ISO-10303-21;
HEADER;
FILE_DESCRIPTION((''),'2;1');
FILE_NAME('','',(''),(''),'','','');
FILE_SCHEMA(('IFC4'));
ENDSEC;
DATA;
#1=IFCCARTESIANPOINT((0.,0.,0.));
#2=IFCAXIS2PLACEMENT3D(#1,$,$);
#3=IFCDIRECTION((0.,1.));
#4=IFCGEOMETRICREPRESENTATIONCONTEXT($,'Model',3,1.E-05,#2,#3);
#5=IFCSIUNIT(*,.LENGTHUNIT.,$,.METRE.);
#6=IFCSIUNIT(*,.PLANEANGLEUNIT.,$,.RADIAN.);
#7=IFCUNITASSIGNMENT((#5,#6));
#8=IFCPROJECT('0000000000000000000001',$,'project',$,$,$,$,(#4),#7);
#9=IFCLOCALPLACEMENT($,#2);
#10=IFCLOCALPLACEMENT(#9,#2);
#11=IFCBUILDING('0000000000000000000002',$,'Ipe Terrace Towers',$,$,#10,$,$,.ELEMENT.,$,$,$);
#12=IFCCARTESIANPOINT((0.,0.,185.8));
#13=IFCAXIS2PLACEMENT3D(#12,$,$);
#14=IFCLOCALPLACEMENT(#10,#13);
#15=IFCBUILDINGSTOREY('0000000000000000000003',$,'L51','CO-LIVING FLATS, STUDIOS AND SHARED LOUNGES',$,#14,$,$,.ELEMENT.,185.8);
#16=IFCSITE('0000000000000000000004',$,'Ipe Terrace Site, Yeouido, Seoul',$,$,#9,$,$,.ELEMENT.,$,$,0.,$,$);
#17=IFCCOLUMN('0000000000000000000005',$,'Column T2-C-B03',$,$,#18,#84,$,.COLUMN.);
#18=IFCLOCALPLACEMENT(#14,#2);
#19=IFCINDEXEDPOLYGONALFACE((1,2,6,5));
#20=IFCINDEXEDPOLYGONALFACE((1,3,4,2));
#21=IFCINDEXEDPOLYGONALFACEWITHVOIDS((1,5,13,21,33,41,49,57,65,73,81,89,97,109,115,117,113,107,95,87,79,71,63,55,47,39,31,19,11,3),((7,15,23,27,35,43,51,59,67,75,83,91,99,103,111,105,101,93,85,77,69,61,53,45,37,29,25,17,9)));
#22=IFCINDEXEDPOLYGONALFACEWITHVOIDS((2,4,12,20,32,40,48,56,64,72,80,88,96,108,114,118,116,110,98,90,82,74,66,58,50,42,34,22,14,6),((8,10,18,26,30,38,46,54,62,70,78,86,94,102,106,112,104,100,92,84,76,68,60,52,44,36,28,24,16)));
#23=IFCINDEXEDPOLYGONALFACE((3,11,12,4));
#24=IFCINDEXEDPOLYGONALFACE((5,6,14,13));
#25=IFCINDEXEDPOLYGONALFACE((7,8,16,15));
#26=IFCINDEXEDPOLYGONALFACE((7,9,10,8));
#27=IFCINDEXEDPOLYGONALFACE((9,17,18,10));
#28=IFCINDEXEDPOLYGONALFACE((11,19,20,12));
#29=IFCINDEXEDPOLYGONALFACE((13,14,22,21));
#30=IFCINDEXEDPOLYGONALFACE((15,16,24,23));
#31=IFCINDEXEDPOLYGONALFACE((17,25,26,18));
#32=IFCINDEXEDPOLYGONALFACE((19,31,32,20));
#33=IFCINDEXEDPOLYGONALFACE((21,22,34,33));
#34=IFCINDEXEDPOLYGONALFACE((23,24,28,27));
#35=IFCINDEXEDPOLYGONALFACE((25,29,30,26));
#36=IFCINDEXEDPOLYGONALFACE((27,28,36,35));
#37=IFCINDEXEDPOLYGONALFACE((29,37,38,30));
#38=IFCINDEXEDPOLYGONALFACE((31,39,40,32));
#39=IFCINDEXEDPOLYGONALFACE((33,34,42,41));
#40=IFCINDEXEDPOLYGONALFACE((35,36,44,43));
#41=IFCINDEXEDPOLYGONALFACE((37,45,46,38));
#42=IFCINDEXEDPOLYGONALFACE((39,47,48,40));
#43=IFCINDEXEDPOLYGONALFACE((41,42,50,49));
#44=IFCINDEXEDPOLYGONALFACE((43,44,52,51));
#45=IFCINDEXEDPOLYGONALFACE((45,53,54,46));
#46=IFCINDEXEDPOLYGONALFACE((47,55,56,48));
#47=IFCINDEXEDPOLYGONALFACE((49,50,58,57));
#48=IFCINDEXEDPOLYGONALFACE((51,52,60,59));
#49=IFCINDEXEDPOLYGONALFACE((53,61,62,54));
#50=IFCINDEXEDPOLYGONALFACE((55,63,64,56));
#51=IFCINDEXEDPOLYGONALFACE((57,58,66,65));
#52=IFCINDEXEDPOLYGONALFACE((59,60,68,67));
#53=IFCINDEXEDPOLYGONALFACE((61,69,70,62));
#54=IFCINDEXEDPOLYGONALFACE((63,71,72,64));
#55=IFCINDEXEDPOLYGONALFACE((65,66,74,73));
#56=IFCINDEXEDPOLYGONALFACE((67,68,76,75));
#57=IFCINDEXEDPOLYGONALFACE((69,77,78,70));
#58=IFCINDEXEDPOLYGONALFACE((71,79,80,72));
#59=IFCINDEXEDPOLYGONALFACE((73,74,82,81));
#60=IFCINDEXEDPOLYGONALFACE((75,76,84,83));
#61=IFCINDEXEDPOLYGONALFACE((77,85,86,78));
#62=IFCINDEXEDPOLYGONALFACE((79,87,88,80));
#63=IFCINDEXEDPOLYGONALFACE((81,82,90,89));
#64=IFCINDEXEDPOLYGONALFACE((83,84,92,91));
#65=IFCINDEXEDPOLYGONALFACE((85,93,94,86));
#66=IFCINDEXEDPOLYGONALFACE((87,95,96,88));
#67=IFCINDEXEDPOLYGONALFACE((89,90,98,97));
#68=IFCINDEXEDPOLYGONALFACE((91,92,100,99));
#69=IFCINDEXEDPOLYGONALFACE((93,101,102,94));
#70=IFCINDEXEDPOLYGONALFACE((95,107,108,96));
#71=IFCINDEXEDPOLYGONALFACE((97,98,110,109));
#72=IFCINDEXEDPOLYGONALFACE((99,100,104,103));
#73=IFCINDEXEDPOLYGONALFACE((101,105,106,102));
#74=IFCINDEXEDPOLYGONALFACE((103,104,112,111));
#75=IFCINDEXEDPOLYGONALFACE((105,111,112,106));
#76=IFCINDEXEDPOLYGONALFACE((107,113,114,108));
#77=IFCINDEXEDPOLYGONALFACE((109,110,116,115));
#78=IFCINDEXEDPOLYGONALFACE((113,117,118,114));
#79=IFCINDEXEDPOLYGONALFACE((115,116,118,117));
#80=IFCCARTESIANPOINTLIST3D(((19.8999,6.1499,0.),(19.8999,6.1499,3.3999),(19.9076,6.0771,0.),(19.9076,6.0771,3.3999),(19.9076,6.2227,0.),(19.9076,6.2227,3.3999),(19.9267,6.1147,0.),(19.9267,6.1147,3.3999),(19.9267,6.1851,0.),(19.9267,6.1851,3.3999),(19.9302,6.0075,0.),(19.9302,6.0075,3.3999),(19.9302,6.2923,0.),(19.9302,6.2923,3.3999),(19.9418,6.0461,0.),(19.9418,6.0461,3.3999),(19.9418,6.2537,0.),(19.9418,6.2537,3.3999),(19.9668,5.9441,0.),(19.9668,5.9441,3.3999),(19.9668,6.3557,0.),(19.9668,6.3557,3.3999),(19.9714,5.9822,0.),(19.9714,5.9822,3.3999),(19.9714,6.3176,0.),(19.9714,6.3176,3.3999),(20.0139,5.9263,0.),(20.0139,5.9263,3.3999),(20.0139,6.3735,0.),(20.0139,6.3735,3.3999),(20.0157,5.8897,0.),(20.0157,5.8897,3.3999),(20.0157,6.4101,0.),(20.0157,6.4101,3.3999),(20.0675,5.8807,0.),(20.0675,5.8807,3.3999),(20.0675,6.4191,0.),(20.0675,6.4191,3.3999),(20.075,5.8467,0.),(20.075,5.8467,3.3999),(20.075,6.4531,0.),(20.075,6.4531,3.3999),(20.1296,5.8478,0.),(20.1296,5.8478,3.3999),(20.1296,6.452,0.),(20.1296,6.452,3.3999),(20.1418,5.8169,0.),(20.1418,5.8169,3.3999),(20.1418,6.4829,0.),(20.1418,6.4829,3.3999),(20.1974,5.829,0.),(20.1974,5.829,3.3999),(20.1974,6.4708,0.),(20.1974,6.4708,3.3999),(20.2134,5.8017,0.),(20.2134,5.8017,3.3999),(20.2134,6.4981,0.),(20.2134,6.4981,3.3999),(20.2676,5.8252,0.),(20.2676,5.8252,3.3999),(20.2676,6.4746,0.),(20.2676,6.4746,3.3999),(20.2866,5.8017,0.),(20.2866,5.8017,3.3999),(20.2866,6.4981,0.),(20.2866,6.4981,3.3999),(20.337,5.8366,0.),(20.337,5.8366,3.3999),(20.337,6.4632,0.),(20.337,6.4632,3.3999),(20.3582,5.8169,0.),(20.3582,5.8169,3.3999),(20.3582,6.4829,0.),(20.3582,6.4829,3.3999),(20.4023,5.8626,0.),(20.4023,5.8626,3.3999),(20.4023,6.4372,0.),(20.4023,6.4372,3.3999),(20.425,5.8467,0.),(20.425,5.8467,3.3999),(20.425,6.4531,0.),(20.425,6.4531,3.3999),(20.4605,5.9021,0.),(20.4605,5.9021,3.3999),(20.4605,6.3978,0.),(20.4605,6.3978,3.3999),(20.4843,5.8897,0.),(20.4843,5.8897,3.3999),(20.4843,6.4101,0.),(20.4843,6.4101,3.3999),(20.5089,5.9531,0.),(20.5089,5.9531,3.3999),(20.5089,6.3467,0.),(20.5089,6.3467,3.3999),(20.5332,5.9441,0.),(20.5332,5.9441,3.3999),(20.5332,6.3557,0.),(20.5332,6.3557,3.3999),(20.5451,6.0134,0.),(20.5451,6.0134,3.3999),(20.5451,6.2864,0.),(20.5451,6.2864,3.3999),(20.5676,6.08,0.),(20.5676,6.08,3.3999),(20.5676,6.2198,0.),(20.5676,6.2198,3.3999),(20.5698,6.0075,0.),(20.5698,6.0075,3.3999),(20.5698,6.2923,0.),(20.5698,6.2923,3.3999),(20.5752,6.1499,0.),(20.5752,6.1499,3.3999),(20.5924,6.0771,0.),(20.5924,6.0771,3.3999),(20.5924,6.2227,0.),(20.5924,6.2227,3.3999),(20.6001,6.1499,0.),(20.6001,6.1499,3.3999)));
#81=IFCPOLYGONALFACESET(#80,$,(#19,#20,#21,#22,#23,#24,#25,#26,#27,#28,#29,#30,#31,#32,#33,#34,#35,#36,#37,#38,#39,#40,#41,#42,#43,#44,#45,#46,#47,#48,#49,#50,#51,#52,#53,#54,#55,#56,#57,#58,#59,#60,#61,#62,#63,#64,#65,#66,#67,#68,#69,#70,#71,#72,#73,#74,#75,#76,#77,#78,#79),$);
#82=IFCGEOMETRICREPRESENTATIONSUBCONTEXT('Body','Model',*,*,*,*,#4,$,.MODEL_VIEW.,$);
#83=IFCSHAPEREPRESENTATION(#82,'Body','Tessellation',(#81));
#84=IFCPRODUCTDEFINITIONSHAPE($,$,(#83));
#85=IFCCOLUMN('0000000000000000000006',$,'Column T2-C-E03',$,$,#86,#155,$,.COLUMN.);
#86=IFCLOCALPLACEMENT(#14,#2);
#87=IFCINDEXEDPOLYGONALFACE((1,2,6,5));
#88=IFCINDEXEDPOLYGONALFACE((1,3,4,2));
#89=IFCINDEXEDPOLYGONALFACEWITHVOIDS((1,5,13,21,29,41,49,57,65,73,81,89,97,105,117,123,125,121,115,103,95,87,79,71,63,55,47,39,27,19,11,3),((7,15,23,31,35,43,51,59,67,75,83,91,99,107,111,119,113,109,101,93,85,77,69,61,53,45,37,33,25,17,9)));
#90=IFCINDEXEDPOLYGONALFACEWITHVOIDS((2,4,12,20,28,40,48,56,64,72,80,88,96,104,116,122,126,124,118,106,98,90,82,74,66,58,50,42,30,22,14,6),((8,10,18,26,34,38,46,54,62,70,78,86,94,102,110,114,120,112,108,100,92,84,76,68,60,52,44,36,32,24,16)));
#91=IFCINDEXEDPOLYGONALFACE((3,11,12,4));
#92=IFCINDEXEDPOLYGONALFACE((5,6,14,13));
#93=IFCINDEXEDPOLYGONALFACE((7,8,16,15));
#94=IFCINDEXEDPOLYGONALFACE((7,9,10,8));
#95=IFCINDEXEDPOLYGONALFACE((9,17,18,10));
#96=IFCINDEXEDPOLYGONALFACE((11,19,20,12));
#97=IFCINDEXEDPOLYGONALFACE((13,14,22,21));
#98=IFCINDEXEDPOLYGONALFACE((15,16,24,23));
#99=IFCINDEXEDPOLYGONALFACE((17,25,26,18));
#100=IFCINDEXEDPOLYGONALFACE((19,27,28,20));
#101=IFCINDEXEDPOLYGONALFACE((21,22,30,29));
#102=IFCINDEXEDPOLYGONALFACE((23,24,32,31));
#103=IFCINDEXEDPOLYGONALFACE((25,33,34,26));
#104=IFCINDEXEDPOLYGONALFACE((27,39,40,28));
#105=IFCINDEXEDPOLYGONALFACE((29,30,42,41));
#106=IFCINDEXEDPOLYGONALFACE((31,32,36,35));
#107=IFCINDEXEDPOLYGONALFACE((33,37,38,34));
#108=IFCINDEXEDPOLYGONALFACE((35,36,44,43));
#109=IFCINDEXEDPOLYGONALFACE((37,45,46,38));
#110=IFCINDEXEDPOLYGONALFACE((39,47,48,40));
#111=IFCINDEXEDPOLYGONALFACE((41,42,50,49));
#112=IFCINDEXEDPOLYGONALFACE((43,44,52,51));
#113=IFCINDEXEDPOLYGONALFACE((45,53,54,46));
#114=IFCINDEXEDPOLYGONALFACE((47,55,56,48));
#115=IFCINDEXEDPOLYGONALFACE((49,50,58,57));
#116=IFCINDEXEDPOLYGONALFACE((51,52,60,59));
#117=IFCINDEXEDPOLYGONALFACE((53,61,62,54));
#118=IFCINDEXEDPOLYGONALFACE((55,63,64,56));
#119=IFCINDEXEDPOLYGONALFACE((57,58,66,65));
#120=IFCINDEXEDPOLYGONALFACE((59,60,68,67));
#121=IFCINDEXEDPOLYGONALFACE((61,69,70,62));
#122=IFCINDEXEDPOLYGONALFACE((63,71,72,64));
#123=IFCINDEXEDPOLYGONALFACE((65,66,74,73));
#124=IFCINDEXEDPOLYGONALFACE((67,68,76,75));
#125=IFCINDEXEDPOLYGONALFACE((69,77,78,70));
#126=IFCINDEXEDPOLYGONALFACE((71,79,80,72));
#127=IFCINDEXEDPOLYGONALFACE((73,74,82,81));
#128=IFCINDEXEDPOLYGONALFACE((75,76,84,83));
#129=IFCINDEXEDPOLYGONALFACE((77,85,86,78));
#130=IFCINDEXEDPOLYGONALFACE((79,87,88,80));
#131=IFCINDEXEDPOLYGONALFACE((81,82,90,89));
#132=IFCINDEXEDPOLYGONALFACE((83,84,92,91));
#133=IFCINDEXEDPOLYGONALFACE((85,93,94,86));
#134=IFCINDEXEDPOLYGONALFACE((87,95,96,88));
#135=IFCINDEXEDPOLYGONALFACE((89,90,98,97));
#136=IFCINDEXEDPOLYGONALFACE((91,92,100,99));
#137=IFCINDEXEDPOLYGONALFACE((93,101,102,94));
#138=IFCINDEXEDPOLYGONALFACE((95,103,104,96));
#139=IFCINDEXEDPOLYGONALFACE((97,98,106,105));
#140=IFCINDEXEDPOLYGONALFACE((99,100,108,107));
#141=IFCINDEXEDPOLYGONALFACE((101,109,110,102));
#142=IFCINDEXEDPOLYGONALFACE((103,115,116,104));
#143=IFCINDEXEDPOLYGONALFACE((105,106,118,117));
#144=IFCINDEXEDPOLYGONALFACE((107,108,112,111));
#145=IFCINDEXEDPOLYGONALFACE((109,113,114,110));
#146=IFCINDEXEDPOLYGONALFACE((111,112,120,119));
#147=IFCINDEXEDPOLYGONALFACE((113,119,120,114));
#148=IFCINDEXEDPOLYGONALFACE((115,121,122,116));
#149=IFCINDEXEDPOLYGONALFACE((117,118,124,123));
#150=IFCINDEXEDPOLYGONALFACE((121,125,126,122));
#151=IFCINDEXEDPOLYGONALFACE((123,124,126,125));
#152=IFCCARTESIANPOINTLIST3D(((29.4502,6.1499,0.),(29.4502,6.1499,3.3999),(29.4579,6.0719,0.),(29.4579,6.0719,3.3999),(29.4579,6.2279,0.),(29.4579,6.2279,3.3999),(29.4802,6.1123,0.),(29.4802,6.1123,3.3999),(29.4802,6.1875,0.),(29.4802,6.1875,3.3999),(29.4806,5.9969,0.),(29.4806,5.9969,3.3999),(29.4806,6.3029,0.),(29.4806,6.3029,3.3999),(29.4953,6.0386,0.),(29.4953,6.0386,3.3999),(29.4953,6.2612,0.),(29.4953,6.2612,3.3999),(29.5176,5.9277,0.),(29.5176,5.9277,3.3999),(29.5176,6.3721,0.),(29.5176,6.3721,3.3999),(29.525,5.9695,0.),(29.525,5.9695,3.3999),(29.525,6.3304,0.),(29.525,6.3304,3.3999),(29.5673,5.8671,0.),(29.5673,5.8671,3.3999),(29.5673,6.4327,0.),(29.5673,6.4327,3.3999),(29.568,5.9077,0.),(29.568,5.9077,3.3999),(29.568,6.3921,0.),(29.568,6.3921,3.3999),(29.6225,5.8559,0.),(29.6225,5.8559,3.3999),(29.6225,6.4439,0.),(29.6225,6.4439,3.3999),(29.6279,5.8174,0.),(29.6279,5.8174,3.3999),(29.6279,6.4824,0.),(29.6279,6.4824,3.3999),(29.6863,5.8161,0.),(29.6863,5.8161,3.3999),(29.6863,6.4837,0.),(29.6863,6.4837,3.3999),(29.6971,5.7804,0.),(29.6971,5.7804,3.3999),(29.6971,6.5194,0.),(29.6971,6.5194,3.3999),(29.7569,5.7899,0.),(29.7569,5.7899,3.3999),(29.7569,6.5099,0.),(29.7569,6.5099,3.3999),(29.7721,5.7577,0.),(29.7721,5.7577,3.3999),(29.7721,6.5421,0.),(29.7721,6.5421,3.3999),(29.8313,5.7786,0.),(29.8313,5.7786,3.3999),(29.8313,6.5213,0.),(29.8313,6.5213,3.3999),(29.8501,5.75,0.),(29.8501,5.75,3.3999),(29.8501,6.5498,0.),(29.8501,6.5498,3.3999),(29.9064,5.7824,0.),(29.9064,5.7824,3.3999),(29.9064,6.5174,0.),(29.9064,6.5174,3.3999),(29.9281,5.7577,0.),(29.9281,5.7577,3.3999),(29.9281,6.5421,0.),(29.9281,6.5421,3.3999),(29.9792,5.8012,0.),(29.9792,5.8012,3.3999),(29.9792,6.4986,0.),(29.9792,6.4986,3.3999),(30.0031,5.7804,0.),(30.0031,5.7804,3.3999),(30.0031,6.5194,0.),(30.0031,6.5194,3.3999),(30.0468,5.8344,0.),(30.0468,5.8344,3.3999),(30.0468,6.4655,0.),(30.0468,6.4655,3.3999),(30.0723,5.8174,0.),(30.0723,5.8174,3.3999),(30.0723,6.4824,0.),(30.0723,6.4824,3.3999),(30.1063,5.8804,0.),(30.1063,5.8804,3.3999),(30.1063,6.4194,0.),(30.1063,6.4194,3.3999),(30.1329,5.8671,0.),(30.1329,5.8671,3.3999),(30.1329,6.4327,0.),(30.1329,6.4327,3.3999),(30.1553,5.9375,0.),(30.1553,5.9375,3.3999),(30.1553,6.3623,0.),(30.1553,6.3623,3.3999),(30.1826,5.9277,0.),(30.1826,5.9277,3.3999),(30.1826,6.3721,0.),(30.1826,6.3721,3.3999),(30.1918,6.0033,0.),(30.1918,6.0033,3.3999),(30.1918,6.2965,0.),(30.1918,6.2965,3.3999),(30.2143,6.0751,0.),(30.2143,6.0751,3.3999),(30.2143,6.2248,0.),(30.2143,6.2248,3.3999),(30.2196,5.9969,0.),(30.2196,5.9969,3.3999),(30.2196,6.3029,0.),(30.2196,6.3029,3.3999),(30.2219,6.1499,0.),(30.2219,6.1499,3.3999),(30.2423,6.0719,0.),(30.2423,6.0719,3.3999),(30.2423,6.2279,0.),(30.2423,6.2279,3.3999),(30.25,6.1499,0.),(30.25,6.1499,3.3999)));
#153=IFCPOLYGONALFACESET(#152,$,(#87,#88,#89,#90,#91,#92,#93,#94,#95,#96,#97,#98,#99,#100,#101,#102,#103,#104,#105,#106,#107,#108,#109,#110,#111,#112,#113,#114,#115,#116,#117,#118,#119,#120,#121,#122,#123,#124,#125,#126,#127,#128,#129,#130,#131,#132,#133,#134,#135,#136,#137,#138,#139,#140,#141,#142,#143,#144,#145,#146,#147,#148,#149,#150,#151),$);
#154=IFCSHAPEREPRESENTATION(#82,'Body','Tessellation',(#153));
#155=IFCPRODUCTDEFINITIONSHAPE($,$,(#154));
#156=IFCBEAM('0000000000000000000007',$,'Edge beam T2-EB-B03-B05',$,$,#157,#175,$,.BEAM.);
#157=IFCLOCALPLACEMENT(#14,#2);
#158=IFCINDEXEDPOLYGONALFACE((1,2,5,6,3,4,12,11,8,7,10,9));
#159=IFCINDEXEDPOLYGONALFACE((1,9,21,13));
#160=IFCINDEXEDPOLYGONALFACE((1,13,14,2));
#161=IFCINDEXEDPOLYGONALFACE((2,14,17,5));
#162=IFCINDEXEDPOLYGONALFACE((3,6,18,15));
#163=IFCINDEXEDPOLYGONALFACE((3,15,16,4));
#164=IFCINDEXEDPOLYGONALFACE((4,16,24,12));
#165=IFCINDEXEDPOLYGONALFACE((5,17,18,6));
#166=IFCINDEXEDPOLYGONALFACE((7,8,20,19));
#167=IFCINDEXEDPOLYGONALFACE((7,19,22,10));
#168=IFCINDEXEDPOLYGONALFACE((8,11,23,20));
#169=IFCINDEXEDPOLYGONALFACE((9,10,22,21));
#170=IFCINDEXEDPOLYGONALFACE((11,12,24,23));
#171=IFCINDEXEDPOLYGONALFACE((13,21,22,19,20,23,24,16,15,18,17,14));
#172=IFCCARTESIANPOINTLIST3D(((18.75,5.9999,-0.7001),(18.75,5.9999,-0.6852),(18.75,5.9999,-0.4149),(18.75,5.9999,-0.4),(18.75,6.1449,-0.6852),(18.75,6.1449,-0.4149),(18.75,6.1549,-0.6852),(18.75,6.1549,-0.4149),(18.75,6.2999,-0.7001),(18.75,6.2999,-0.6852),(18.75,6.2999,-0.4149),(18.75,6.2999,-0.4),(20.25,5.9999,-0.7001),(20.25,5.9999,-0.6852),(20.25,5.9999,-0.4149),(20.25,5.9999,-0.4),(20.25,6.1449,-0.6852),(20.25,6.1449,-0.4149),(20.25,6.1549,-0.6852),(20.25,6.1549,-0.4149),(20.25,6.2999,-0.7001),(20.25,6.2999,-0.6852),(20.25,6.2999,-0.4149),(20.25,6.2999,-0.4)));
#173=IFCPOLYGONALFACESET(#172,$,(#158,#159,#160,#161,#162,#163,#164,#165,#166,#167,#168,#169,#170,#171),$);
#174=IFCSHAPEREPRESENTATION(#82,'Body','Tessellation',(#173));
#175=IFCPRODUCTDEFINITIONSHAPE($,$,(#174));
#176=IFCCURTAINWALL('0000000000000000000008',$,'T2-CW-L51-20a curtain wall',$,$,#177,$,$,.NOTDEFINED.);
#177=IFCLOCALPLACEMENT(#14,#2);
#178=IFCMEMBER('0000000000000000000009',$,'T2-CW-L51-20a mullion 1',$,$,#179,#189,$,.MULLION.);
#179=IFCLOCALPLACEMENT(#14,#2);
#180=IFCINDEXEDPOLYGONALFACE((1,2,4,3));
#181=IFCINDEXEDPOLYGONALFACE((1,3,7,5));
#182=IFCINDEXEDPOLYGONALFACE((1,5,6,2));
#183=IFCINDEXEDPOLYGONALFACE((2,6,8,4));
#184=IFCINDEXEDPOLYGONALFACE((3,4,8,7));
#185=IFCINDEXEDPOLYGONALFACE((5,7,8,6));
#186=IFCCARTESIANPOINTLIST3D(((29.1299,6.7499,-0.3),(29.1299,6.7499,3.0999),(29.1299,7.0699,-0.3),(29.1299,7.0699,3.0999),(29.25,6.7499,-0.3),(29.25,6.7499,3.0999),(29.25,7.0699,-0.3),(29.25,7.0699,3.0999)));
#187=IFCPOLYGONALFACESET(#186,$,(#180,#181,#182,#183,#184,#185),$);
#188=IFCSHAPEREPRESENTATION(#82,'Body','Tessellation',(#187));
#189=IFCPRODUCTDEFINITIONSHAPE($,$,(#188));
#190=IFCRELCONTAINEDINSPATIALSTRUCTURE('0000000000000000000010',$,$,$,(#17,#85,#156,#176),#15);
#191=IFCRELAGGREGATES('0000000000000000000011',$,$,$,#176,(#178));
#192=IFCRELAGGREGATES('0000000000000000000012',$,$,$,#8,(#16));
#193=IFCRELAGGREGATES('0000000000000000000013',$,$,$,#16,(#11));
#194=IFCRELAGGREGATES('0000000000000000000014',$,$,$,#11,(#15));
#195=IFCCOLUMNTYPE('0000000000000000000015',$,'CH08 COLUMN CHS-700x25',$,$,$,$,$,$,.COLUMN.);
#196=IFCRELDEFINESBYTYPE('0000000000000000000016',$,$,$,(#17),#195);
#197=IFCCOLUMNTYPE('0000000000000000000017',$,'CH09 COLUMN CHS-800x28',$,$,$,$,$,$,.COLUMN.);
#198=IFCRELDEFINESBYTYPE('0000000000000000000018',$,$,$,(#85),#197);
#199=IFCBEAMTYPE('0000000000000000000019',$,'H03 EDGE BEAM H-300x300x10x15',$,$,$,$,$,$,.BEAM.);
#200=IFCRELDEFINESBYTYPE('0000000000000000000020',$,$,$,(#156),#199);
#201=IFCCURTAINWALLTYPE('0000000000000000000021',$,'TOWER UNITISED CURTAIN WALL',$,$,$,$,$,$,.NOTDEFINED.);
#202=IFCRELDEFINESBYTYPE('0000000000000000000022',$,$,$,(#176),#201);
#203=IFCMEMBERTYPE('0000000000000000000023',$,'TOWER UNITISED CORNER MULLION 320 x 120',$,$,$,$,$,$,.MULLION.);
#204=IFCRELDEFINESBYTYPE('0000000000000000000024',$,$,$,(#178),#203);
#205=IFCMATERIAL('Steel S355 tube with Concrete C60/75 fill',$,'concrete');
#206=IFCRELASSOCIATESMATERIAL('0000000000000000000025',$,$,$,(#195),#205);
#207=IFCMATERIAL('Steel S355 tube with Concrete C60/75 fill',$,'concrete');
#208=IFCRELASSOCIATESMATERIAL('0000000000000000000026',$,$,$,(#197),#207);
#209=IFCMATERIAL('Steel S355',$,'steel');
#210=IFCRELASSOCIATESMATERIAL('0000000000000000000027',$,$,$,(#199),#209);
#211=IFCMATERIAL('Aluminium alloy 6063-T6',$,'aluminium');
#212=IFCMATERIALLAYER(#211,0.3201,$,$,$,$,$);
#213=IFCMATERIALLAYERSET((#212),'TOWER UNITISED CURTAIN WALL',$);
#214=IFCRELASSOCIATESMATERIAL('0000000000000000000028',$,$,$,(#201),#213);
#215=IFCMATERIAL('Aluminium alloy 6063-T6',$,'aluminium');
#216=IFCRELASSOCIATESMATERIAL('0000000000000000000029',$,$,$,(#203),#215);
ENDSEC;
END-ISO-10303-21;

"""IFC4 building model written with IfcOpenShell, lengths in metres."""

from ifc_helpers import new_model, si_unit, direction, frame, origin, origin_2d, place, context, subcontext, project, spatial, rectangle, hollow_circle, i_section, extrude, material, layer, layer_set, material_profile, profile_set, type_object, element, aggregate, save


model = new_model("IFC4")

# Units and contexts
model_context = context("Model", 3, precision=1e-05, world=origin(), true_north=direction((0.0, 1.0)))
body_context = subcontext(model_context, "Body", "Model", "MODEL_VIEW")
ifc_project = project(units=[si_unit("LENGTHUNIT", "METRE"), si_unit("PLANEANGLEUNIT", "RADIAN")], contexts=[model_context])

# Site, building, storey
site_placement = place(None, origin())
site = spatial("IfcSite", under=ifc_project, at=site_placement, Name="Ipe Terrace Site, Yeouido, Seoul", CompositionType="ELEMENT", RefElevation=0.0)
building_placement = place(site_placement, origin())
building = spatial("IfcBuilding", under=site, at=building_placement, Name="Ipe Terrace Towers", CompositionType="ELEMENT")
storey_placement = place(building_placement, frame((0.0, 0.0, 185.8)))
storey = spatial("IfcBuildingStorey", under=building, at=storey_placement, Name="L51", Description="CO-LIVING FLATS, STUDIOS AND SHARED LOUNGES", CompositionType="ELEMENT", Elevation=185.8)

# Columns
ifc_material_1 = material(Name="Steel S355 tube with Concrete C60/75 fill", Category="concrete")
ifc_material_profile_1 = material_profile(ifc_material_1, hollow_circle(Radius=0.3501, WallThickness=0.0249, at=origin_2d()), Name="CHS-700x25")
ifc_profile_set_1 = profile_set([ifc_material_profile_1], Name="Steel S355 tube with Concrete C60/75 fill")
column_type_1 = type_object("IfcColumnType", Name="CH08 COLUMN CHS-700x25", PredefinedType="COLUMN", material=ifc_profile_set_1)
column_1_placement = place(storey_placement, frame((20.25, 6.1499, 0.0), z_axis=(0.0, 0.0, 1.0), x_axis=(1.0, 0.0, 0.0)))
element("IfcColumn", 1, at=column_1_placement, inside=storey, type_object=column_type_1, Name="Column T2-C-B03", PredefinedType="COLUMN", context=body_context, shape_type="SweptSolid", body=[
    extrude(hollow_circle(Radius=0.3501, WallThickness=0.0249, at=origin_2d()), origin(), (0.0, 0.0, 1.0), 3.3999),
])
ifc_material_2 = material(Name="Steel S355 tube with Concrete C60/75 fill", Category="concrete")
ifc_material_profile_2 = material_profile(ifc_material_2, hollow_circle(Radius=0.3999, WallThickness=0.0281, at=origin_2d()), Name="CHS-800x28")
ifc_profile_set_2 = profile_set([ifc_material_profile_2], Name="Steel S355 tube with Concrete C60/75 fill")
column_type_2 = type_object("IfcColumnType", Name="CH09 COLUMN CHS-800x28", PredefinedType="COLUMN", material=ifc_profile_set_2)
column_2_placement = place(storey_placement, frame((29.8501, 6.1499, 0.0), z_axis=(0.0, 0.0, 1.0), x_axis=(1.0, 0.0, 0.0)))
element("IfcColumn", 2, at=column_2_placement, inside=storey, type_object=column_type_2, Name="Column T2-C-E03", PredefinedType="COLUMN", context=body_context, shape_type="SweptSolid", body=[
    extrude(hollow_circle(Radius=0.3999, WallThickness=0.0281, at=origin_2d()), origin(), (0.0, 0.0, 1.0), 3.3999),
])

# Beam
ifc_material_3 = material(Name="Steel S355", Category="steel")
ifc_material_profile_3 = material_profile(ifc_material_3, i_section(OverallWidth=0.3, OverallDepth=0.3, WebThickness=0.01, FlangeThickness=0.0149, at=origin_2d()), Name="H-300x300x10x15")
ifc_profile_set_3 = profile_set([ifc_material_profile_3], Name="Steel S355")
beam_type = type_object("IfcBeamType", Name="H03 EDGE BEAM H-300x300x10x15", PredefinedType="BEAM", material=ifc_profile_set_3)
beam_placement = place(storey_placement, frame((20.25, 6.1499, -0.55), z_axis=(-1.0, 0.0, 0.0), x_axis=(0.0, -1.0, 0.0)))
element("IfcBeam", 3, at=beam_placement, inside=storey, type_object=beam_type, Name="Edge beam T2-EB-B03-B05", PredefinedType="BEAM", context=body_context, shape_type="SweptSolid", body=[
    extrude(i_section(OverallWidth=0.3, OverallDepth=0.3, WebThickness=0.01, FlangeThickness=0.0149, at=origin_2d()), origin(), (0.0, 0.0, 1.0), 1.5),
])

# Curtain wall, member
ifc_material_4 = material(Name="Aluminium alloy 6063-T6", Category="aluminium")
ifc_layer_1 = layer(ifc_material_4, 0.3201)
ifc_layer_set_1 = layer_set([ifc_layer_1], Name="TOWER UNITISED CURTAIN WALL")
curtain_wall_type = type_object("IfcCurtainWallType", Name="TOWER UNITISED CURTAIN WALL", PredefinedType="NOTDEFINED", material=ifc_layer_set_1)
curtain_wall_1_placement = place(storey_placement, origin())
curtain_wall_1 = element("IfcCurtainWall", 4, at=curtain_wall_1_placement, inside=storey, type_object=curtain_wall_type, Name="T2-CW-L51-20a curtain wall", PredefinedType="NOTDEFINED")
ifc_material_5 = material(Name="Aluminium alloy 6063-T6", Category="aluminium")
ifc_material_profile_4 = material_profile(ifc_material_5, rectangle(XDim=0.3201, YDim=0.1201, at=origin_2d()), Name="TOWER UNITISED CORNER MULLION 320 x 120")
ifc_profile_set_4 = profile_set([ifc_material_profile_4], Name="Aluminium alloy 6063-T6")
member_type = type_object("IfcMemberType", Name="TOWER UNITISED CORNER MULLION 320 x 120", PredefinedType="MULLION", material=ifc_profile_set_4)
member_1_placement = place(storey_placement, frame((29.1899, 6.9099, -0.3), z_axis=(0.0, 0.0, 1.0), x_axis=(0.0, 1.0, 0.0)))
member_1 = element("IfcMember", 5, at=member_1_placement, type_object=member_type, Name="T2-CW-L51-20a mullion 1", PredefinedType="MULLION", context=body_context, shape_type="SweptSolid", body=[
    extrude(rectangle(XDim=0.3201, YDim=0.1201, at=origin_2d()), origin(), (0.0, 0.0, 1.0), 3.3999),
])

aggregate(curtain_wall_1, [member_1])

save(model, "model.ifc")
